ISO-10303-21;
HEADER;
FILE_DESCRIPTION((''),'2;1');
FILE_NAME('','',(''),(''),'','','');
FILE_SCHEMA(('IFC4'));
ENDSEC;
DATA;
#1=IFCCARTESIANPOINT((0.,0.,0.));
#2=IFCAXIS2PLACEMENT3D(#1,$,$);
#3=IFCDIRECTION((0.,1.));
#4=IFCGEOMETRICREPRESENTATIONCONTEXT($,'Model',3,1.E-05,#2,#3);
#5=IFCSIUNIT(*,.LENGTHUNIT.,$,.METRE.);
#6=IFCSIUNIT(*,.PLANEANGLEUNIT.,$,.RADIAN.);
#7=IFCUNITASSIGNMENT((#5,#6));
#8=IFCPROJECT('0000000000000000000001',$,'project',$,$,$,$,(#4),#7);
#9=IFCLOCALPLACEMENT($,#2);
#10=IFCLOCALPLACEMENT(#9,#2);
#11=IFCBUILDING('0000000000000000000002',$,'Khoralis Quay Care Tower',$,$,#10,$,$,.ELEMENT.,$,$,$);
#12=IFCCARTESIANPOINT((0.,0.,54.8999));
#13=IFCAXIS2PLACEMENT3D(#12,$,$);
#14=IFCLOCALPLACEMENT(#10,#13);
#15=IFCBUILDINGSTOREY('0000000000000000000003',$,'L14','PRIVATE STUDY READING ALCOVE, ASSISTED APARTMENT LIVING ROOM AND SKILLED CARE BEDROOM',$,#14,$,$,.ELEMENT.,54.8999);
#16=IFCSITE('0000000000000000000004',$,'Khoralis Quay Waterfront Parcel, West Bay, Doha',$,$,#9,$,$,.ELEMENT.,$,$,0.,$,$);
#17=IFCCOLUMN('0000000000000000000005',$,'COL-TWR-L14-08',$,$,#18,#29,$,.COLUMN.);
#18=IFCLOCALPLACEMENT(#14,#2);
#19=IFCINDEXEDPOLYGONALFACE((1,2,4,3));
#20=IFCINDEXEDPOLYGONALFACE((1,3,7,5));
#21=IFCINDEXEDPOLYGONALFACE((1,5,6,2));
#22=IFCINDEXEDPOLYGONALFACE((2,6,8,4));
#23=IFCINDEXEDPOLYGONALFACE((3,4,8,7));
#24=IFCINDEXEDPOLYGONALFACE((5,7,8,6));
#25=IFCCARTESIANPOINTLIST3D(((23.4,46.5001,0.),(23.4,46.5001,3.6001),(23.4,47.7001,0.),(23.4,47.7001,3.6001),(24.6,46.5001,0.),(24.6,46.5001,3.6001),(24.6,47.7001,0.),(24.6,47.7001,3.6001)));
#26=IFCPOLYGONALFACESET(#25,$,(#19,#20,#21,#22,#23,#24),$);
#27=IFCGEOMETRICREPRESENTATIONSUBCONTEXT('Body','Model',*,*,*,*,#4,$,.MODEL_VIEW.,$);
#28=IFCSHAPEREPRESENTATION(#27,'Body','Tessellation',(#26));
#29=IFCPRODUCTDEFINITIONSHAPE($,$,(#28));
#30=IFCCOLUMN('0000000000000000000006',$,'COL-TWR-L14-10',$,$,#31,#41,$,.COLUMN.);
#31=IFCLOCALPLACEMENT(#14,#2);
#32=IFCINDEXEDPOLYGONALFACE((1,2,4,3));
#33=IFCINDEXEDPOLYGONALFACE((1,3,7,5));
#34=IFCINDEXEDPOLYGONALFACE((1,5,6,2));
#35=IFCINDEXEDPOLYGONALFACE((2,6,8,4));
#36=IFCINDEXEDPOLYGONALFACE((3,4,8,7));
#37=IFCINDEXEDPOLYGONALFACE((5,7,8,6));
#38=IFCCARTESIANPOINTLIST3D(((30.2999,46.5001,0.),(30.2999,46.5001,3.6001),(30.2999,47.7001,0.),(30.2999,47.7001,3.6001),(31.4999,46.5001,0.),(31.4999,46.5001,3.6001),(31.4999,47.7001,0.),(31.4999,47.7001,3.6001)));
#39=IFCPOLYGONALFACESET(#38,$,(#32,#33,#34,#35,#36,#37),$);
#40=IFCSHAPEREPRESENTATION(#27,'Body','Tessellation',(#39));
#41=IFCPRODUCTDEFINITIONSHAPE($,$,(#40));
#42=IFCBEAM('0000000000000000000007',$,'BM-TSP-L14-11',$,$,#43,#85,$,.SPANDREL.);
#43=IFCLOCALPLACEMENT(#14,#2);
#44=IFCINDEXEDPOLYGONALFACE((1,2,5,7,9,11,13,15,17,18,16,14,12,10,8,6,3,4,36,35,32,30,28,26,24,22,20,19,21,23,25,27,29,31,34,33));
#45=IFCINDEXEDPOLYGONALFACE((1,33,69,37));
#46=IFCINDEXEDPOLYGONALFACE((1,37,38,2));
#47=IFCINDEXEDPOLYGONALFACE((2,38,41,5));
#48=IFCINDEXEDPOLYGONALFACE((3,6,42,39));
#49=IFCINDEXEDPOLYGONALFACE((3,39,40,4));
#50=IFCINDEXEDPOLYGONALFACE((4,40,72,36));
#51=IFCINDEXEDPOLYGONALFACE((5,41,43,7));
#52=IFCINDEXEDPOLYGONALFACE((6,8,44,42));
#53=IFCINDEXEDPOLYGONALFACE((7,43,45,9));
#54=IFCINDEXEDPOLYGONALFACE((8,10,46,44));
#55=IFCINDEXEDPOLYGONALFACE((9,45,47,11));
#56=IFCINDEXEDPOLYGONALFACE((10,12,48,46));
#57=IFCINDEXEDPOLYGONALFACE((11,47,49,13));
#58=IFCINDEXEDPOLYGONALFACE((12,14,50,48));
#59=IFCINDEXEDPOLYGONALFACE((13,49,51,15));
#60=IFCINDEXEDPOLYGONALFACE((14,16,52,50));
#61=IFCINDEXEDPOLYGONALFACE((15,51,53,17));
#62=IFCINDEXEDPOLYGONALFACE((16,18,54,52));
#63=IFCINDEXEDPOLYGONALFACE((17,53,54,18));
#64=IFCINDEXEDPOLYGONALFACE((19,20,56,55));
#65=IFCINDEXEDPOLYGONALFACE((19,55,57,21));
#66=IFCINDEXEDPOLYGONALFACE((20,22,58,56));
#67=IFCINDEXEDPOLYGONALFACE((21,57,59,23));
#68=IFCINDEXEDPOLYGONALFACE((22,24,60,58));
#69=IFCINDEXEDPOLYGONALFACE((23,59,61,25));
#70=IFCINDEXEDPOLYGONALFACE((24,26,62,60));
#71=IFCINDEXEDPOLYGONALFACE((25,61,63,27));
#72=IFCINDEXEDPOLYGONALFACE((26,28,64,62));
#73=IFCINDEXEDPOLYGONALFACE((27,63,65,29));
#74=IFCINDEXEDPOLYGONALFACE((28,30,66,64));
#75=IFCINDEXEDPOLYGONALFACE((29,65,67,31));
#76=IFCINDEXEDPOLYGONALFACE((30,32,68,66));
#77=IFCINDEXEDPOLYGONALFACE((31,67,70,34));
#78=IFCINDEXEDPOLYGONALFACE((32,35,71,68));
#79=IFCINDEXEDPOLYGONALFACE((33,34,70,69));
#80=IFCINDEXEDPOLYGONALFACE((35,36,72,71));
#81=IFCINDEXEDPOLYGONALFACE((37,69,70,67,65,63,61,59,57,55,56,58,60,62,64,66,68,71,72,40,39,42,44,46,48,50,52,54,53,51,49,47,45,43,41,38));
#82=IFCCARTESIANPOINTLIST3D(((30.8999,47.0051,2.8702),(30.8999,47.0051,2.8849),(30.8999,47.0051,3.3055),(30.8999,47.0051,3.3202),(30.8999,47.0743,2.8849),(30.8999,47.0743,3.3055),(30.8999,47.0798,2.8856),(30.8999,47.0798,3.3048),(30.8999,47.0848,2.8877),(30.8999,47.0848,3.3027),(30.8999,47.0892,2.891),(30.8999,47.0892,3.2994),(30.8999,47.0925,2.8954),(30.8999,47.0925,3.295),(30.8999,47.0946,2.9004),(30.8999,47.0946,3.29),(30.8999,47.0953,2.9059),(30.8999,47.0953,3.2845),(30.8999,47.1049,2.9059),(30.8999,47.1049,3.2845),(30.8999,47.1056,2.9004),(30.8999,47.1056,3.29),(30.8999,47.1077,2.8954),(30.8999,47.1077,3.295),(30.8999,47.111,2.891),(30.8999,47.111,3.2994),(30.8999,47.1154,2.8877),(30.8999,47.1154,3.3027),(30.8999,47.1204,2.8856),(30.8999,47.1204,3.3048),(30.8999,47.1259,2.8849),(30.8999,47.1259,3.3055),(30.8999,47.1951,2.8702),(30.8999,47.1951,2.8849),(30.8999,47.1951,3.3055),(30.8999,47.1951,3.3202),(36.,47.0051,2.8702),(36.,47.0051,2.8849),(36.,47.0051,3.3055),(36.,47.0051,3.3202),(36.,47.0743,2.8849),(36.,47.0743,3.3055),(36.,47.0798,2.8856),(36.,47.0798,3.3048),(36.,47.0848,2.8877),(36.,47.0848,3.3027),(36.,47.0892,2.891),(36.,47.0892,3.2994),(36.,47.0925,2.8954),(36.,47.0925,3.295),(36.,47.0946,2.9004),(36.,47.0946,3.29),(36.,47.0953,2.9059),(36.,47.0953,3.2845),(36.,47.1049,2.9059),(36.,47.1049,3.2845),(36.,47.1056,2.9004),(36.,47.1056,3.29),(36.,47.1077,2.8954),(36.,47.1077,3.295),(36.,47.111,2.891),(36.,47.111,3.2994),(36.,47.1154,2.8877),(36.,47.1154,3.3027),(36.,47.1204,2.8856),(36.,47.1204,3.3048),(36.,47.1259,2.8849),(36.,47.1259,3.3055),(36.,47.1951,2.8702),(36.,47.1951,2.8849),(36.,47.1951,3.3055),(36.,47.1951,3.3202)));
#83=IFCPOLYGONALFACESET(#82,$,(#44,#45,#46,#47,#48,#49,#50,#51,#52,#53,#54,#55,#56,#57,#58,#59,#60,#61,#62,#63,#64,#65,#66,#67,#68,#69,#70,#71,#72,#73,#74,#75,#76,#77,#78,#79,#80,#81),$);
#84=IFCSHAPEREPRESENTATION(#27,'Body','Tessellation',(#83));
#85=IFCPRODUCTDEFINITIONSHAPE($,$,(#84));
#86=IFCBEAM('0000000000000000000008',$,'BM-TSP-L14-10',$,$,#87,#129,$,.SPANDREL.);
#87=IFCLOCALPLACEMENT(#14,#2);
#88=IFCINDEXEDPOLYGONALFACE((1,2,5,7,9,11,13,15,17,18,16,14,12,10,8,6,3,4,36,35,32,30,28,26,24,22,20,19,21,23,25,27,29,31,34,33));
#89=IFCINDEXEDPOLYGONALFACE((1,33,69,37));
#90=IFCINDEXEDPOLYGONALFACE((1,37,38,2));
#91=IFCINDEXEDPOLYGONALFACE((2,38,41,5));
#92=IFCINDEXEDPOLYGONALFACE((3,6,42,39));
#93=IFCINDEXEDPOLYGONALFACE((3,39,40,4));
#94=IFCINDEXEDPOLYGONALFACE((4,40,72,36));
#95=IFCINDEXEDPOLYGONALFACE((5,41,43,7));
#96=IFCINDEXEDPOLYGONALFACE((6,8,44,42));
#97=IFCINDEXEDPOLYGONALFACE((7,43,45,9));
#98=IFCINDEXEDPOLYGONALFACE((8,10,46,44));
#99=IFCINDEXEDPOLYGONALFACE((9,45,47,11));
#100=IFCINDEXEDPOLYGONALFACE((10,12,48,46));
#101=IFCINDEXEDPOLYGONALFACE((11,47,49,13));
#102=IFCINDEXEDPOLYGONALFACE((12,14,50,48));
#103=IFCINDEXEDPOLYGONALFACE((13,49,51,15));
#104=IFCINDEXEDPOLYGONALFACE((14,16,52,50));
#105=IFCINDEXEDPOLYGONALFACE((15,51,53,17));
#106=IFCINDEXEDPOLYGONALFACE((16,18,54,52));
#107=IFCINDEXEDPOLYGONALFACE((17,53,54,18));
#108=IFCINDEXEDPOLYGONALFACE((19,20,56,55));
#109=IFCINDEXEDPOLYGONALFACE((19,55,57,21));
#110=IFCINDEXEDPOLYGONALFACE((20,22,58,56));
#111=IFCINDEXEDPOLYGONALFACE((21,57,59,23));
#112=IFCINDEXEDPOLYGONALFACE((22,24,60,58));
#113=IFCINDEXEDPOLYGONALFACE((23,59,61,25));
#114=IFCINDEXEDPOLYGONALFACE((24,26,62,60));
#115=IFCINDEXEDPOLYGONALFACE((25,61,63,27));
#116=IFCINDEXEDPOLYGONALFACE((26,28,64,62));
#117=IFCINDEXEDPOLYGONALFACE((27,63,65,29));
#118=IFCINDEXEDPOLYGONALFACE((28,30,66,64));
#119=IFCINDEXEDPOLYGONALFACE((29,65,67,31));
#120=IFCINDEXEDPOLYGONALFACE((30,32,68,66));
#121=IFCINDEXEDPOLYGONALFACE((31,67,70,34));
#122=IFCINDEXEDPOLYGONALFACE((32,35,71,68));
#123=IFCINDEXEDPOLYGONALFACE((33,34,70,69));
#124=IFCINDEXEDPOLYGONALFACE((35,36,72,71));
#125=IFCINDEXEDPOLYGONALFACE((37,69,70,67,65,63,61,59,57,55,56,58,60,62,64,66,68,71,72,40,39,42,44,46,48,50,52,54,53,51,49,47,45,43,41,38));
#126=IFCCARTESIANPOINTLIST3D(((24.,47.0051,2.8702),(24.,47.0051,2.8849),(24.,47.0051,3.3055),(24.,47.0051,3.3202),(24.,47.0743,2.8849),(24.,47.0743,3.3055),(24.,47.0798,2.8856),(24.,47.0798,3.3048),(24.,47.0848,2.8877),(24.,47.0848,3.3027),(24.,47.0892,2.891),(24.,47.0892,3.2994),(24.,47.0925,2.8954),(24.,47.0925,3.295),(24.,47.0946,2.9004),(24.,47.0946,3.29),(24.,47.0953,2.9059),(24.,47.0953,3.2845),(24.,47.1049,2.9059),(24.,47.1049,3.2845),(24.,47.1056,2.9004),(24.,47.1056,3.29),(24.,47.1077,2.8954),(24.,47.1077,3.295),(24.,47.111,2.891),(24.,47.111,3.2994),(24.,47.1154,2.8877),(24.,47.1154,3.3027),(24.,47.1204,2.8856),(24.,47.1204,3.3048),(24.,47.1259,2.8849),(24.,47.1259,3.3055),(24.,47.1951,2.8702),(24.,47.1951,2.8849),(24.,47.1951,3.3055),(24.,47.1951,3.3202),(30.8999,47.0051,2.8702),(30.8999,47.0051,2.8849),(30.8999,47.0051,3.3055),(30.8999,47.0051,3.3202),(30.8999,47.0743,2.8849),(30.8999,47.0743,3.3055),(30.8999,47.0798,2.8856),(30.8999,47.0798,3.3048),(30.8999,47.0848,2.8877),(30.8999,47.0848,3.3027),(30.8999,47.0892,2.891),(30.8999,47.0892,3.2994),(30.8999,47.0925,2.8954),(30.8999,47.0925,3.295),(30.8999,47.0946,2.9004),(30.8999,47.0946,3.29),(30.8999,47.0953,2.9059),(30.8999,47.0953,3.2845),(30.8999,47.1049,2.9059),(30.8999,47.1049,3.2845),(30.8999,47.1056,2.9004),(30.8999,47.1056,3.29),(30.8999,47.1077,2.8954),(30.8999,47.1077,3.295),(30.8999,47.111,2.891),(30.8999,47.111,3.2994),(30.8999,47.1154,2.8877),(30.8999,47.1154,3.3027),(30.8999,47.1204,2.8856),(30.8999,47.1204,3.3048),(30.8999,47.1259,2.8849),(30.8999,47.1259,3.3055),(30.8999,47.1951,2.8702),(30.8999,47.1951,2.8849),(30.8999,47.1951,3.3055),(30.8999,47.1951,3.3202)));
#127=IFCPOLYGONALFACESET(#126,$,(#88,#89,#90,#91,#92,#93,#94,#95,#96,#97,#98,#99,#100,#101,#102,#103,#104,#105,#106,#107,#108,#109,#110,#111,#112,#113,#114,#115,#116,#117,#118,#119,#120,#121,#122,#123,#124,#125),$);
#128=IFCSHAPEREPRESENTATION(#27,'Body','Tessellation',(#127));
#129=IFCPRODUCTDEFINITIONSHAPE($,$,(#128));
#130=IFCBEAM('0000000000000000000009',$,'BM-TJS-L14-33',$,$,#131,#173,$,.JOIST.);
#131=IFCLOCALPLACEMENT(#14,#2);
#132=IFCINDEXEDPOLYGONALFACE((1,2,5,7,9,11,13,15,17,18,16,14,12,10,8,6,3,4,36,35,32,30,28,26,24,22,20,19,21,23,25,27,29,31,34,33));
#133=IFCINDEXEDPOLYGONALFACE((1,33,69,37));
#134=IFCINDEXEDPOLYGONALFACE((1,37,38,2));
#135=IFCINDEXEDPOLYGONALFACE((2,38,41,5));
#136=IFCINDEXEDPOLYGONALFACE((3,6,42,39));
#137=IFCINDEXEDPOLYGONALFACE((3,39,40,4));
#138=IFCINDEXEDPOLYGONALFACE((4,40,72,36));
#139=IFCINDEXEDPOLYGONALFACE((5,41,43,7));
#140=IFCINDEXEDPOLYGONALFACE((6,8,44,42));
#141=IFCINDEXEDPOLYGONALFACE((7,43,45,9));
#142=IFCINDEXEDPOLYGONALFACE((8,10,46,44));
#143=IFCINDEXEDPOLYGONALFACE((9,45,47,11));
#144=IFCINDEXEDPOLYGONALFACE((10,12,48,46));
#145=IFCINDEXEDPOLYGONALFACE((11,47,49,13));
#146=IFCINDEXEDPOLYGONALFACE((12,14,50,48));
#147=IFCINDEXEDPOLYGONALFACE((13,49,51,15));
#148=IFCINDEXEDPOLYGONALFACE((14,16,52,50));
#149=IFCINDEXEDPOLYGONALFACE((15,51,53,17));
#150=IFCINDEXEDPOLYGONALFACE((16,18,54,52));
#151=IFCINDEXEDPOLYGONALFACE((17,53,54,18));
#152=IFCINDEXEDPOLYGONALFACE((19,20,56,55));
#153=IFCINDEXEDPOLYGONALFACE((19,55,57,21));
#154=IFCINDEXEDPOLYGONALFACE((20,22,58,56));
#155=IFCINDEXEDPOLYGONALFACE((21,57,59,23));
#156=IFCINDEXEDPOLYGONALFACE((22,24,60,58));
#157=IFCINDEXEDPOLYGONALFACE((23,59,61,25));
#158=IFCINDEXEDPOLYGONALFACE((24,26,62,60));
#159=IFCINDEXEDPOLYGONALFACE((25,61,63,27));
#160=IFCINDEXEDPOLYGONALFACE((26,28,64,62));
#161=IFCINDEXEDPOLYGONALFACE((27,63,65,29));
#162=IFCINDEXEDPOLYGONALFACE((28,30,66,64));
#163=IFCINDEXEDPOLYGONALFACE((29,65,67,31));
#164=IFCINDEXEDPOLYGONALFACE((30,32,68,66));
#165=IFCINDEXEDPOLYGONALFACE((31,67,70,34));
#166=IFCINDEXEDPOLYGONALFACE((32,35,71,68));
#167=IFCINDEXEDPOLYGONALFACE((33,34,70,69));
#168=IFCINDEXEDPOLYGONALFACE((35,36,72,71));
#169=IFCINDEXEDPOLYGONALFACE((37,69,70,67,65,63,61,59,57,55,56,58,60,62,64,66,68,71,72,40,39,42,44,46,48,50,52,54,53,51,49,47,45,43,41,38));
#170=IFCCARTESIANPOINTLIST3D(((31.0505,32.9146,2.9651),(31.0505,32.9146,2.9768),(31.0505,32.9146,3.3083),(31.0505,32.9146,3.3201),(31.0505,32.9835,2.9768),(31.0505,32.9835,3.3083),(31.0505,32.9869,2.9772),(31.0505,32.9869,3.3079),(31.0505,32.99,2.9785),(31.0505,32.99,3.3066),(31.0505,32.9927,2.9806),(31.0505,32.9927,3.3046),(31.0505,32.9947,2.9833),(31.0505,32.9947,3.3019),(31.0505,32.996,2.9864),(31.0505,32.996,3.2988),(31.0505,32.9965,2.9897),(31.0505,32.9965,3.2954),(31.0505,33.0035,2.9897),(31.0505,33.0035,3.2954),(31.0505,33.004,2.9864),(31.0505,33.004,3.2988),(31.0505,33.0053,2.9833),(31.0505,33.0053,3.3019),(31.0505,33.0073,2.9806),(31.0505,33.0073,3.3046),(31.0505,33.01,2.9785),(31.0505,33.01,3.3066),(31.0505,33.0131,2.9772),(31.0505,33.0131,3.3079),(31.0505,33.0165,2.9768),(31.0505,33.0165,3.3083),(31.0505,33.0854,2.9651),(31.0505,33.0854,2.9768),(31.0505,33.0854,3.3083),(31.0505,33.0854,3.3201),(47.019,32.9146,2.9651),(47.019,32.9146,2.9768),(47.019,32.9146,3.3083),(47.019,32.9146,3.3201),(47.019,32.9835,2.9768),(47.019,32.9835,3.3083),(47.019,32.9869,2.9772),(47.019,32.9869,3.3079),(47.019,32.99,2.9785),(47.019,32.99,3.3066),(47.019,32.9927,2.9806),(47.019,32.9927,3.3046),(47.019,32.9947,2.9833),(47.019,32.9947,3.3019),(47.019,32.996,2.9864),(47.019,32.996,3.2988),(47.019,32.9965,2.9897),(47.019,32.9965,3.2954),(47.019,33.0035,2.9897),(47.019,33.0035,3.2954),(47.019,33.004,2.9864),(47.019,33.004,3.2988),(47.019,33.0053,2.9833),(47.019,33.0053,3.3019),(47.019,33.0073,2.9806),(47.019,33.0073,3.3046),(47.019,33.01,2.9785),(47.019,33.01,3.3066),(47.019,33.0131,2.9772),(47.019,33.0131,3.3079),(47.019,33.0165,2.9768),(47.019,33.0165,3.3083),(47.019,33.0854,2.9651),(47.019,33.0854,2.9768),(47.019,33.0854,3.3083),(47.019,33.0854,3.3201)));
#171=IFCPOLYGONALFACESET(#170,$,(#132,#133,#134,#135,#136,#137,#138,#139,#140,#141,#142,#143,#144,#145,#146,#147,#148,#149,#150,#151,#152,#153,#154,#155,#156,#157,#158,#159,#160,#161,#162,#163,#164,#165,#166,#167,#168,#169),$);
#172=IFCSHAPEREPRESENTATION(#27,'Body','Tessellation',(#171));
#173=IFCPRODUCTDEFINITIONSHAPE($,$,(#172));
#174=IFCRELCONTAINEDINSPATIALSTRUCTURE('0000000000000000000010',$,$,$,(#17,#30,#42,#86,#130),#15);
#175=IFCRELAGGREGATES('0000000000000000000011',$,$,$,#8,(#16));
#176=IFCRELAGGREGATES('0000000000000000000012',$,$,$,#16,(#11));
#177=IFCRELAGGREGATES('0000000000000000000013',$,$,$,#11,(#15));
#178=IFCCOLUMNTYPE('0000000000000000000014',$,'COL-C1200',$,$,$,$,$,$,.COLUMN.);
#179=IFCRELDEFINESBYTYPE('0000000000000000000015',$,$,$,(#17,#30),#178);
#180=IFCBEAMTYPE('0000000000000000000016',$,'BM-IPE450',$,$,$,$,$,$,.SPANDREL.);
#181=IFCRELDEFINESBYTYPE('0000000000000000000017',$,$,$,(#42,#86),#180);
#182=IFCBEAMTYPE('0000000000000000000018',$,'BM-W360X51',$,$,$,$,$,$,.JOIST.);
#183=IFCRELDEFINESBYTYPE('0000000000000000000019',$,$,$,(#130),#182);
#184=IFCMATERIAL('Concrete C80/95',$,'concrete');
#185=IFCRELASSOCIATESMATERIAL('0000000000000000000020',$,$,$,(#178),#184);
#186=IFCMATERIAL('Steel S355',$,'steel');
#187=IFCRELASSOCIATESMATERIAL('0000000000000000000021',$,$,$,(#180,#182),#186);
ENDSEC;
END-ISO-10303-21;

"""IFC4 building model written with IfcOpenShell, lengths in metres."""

from ifc_helpers import new_model, si_unit, direction, frame, origin, origin_2d, place, context, subcontext, project, spatial, rectangle, i_section, extrude, source, transform, mapped, material, material_profile, profile_set, type_object, element, save


model = new_model("IFC4")

# Units and contexts
model_context = context("Model", 3, precision=1e-05, world=origin(), true_north=direction((0.0, 1.0)))
body_context = subcontext(model_context, "Body", "Model", "MODEL_VIEW")
ifc_project = project(units=[si_unit("LENGTHUNIT", "METRE"), si_unit("PLANEANGLEUNIT", "RADIAN")], contexts=[model_context])

# Site, building, storey
site_placement = place(None, origin())
site = spatial("IfcSite", under=ifc_project, at=site_placement, Name="Khoralis Quay Waterfront Parcel, West Bay, Doha", CompositionType="ELEMENT", RefElevation=0.0)
building_placement = place(site_placement, origin())
building = spatial("IfcBuilding", under=site, at=building_placement, Name="Khoralis Quay Care Tower", CompositionType="ELEMENT")
storey_placement = place(building_placement, frame((0.0, 0.0, 54.8999)))
storey = spatial("IfcBuildingStorey", under=building, at=storey_placement, Name="L14", Description="PRIVATE STUDY READING ALCOVE, ASSISTED APARTMENT LIVING ROOM AND SKILLED CARE BEDROOM", CompositionType="ELEMENT", Elevation=54.8999)

# Columns
ifc_material_1 = material(Name="Concrete C80/95", Category="concrete")
ifc_material_profile_1 = material_profile(ifc_material_1, rectangle(XDim=1.2, YDim=1.2, at=origin_2d()), Name="Concrete C80/95")
ifc_profile_set_1 = profile_set([ifc_material_profile_1], Name="Concrete C80/95")
column_type = type_object("IfcColumnType", Name="COL-C1200", PredefinedType="COLUMN", material=ifc_profile_set_1)
shared_shape_1 = source(origin(), body_context, "Body", "SweptSolid", [
    extrude(rectangle(XDim=1.2, YDim=1.2, at=origin_2d()), origin(), (0.0, 0.0, 1.0), 3.6001),
])
for number, where, z_axis, x_axis, name in (
    (1, (24.0, 47.1001, 0.0), (0.0, 0.0, 1.0), (1.0, 0.0, 0.0), "COL-TWR-L14-08"),
    (2, (30.8999, 47.1001, 0.0), (0.0, 0.0, 1.0), (1.0, 0.0, 0.0), "COL-TWR-L14-10"),
):
    element("IfcColumn", number, at=place(storey_placement, frame(where, z_axis=z_axis, x_axis=x_axis)), inside=storey, type_object=column_type, Name=name, PredefinedType="COLUMN", context=body_context, shape_type="MappedRepresentation", body=[
        mapped(shared_shape_1, transform((0.0, 0.0, 0.0), scale=1.0)),
    ])

# Beams
ifc_material_2 = material(Name="Steel S355", Category="steel")
ifc_material_profile_2 = material_profile(ifc_material_2, i_section(OverallWidth=0.1899, OverallDepth=0.45, WebThickness=0.0095, FlangeThickness=0.0146, FilletRadius=0.021, at=origin_2d()), Name="Steel S355")
ifc_profile_set_2 = profile_set([ifc_material_profile_2], Name="Steel S355")
beam_type_1 = type_object("IfcBeamType", Name="BM-IPE450", PredefinedType="SPANDREL", material=ifc_profile_set_2)
shared_shape_2 = source(origin(), body_context, "Body", "SweptSolid", [
    extrude(i_section(OverallWidth=0.1899, OverallDepth=0.45, WebThickness=0.0095, FlangeThickness=0.0146, FilletRadius=0.021, at=origin_2d()), origin(), (0.0, 0.0, 1.0), 5.1001),
])
beam_1_placement = place(storey_placement, frame((30.8999, 47.1001, 3.0952), z_axis=(1.0, 0.0, 0.0), x_axis=(0.0, 1.0, 0.0)))
element("IfcBeam", 3, at=beam_1_placement, inside=storey, type_object=beam_type_1, Name="BM-TSP-L14-11", PredefinedType="SPANDREL", context=body_context, shape_type="MappedRepresentation", body=[
    mapped(shared_shape_2, transform((0.0, 0.0, 0.0), scale=1.0)),
])
shared_shape_3 = source(origin(), body_context, "Body", "SweptSolid", [
    extrude(i_section(OverallWidth=0.1899, OverallDepth=0.45, WebThickness=0.0095, FlangeThickness=0.0146, FilletRadius=0.021, at=origin_2d()), origin(), (0.0, 0.0, 1.0), 6.8999),
])
beam_2_placement = place(storey_placement, frame((24.0, 47.1001, 3.0952), z_axis=(1.0, 0.0, 0.0), x_axis=(0.0, 1.0, 0.0)))
element("IfcBeam", 4, at=beam_2_placement, inside=storey, type_object=beam_type_1, Name="BM-TSP-L14-10", PredefinedType="SPANDREL", context=body_context, shape_type="MappedRepresentation", body=[
    mapped(shared_shape_3, transform((0.0, 0.0, 0.0), scale=1.0)),
])
ifc_material_profile_3 = material_profile(ifc_material_2, i_section(OverallWidth=0.1709, OverallDepth=0.355, WebThickness=0.0071, FlangeThickness=0.0117, FilletRadius=0.0129, at=origin_2d()), Name="Steel S355")
ifc_profile_set_3 = profile_set([ifc_material_profile_3], Name="Steel S355")
beam_type_2 = type_object("IfcBeamType", Name="BM-W360X51", PredefinedType="JOIST", material=ifc_profile_set_3)
shared_shape_4 = source(origin(), body_context, "Body", "SweptSolid", [
    extrude(i_section(OverallWidth=0.1709, OverallDepth=0.355, WebThickness=0.0071, FlangeThickness=0.0117, FilletRadius=0.0129, at=origin_2d()), origin(), (0.0, 0.0, 1.0), 15.9685),
])
beam_3_placement = place(storey_placement, frame((31.0505, 33.0, 3.1426), z_axis=(1.0, 0.0, 0.0), x_axis=(0.0, 1.0, 0.0)))
element("IfcBeam", 5, at=beam_3_placement, inside=storey, type_object=beam_type_2, Name="BM-TJS-L14-33", PredefinedType="JOIST", context=body_context, shape_type="MappedRepresentation", body=[
    mapped(shared_shape_4, transform((0.0, 0.0, 0.0), scale=1.0)),
])

save(model, "model.ifc")
